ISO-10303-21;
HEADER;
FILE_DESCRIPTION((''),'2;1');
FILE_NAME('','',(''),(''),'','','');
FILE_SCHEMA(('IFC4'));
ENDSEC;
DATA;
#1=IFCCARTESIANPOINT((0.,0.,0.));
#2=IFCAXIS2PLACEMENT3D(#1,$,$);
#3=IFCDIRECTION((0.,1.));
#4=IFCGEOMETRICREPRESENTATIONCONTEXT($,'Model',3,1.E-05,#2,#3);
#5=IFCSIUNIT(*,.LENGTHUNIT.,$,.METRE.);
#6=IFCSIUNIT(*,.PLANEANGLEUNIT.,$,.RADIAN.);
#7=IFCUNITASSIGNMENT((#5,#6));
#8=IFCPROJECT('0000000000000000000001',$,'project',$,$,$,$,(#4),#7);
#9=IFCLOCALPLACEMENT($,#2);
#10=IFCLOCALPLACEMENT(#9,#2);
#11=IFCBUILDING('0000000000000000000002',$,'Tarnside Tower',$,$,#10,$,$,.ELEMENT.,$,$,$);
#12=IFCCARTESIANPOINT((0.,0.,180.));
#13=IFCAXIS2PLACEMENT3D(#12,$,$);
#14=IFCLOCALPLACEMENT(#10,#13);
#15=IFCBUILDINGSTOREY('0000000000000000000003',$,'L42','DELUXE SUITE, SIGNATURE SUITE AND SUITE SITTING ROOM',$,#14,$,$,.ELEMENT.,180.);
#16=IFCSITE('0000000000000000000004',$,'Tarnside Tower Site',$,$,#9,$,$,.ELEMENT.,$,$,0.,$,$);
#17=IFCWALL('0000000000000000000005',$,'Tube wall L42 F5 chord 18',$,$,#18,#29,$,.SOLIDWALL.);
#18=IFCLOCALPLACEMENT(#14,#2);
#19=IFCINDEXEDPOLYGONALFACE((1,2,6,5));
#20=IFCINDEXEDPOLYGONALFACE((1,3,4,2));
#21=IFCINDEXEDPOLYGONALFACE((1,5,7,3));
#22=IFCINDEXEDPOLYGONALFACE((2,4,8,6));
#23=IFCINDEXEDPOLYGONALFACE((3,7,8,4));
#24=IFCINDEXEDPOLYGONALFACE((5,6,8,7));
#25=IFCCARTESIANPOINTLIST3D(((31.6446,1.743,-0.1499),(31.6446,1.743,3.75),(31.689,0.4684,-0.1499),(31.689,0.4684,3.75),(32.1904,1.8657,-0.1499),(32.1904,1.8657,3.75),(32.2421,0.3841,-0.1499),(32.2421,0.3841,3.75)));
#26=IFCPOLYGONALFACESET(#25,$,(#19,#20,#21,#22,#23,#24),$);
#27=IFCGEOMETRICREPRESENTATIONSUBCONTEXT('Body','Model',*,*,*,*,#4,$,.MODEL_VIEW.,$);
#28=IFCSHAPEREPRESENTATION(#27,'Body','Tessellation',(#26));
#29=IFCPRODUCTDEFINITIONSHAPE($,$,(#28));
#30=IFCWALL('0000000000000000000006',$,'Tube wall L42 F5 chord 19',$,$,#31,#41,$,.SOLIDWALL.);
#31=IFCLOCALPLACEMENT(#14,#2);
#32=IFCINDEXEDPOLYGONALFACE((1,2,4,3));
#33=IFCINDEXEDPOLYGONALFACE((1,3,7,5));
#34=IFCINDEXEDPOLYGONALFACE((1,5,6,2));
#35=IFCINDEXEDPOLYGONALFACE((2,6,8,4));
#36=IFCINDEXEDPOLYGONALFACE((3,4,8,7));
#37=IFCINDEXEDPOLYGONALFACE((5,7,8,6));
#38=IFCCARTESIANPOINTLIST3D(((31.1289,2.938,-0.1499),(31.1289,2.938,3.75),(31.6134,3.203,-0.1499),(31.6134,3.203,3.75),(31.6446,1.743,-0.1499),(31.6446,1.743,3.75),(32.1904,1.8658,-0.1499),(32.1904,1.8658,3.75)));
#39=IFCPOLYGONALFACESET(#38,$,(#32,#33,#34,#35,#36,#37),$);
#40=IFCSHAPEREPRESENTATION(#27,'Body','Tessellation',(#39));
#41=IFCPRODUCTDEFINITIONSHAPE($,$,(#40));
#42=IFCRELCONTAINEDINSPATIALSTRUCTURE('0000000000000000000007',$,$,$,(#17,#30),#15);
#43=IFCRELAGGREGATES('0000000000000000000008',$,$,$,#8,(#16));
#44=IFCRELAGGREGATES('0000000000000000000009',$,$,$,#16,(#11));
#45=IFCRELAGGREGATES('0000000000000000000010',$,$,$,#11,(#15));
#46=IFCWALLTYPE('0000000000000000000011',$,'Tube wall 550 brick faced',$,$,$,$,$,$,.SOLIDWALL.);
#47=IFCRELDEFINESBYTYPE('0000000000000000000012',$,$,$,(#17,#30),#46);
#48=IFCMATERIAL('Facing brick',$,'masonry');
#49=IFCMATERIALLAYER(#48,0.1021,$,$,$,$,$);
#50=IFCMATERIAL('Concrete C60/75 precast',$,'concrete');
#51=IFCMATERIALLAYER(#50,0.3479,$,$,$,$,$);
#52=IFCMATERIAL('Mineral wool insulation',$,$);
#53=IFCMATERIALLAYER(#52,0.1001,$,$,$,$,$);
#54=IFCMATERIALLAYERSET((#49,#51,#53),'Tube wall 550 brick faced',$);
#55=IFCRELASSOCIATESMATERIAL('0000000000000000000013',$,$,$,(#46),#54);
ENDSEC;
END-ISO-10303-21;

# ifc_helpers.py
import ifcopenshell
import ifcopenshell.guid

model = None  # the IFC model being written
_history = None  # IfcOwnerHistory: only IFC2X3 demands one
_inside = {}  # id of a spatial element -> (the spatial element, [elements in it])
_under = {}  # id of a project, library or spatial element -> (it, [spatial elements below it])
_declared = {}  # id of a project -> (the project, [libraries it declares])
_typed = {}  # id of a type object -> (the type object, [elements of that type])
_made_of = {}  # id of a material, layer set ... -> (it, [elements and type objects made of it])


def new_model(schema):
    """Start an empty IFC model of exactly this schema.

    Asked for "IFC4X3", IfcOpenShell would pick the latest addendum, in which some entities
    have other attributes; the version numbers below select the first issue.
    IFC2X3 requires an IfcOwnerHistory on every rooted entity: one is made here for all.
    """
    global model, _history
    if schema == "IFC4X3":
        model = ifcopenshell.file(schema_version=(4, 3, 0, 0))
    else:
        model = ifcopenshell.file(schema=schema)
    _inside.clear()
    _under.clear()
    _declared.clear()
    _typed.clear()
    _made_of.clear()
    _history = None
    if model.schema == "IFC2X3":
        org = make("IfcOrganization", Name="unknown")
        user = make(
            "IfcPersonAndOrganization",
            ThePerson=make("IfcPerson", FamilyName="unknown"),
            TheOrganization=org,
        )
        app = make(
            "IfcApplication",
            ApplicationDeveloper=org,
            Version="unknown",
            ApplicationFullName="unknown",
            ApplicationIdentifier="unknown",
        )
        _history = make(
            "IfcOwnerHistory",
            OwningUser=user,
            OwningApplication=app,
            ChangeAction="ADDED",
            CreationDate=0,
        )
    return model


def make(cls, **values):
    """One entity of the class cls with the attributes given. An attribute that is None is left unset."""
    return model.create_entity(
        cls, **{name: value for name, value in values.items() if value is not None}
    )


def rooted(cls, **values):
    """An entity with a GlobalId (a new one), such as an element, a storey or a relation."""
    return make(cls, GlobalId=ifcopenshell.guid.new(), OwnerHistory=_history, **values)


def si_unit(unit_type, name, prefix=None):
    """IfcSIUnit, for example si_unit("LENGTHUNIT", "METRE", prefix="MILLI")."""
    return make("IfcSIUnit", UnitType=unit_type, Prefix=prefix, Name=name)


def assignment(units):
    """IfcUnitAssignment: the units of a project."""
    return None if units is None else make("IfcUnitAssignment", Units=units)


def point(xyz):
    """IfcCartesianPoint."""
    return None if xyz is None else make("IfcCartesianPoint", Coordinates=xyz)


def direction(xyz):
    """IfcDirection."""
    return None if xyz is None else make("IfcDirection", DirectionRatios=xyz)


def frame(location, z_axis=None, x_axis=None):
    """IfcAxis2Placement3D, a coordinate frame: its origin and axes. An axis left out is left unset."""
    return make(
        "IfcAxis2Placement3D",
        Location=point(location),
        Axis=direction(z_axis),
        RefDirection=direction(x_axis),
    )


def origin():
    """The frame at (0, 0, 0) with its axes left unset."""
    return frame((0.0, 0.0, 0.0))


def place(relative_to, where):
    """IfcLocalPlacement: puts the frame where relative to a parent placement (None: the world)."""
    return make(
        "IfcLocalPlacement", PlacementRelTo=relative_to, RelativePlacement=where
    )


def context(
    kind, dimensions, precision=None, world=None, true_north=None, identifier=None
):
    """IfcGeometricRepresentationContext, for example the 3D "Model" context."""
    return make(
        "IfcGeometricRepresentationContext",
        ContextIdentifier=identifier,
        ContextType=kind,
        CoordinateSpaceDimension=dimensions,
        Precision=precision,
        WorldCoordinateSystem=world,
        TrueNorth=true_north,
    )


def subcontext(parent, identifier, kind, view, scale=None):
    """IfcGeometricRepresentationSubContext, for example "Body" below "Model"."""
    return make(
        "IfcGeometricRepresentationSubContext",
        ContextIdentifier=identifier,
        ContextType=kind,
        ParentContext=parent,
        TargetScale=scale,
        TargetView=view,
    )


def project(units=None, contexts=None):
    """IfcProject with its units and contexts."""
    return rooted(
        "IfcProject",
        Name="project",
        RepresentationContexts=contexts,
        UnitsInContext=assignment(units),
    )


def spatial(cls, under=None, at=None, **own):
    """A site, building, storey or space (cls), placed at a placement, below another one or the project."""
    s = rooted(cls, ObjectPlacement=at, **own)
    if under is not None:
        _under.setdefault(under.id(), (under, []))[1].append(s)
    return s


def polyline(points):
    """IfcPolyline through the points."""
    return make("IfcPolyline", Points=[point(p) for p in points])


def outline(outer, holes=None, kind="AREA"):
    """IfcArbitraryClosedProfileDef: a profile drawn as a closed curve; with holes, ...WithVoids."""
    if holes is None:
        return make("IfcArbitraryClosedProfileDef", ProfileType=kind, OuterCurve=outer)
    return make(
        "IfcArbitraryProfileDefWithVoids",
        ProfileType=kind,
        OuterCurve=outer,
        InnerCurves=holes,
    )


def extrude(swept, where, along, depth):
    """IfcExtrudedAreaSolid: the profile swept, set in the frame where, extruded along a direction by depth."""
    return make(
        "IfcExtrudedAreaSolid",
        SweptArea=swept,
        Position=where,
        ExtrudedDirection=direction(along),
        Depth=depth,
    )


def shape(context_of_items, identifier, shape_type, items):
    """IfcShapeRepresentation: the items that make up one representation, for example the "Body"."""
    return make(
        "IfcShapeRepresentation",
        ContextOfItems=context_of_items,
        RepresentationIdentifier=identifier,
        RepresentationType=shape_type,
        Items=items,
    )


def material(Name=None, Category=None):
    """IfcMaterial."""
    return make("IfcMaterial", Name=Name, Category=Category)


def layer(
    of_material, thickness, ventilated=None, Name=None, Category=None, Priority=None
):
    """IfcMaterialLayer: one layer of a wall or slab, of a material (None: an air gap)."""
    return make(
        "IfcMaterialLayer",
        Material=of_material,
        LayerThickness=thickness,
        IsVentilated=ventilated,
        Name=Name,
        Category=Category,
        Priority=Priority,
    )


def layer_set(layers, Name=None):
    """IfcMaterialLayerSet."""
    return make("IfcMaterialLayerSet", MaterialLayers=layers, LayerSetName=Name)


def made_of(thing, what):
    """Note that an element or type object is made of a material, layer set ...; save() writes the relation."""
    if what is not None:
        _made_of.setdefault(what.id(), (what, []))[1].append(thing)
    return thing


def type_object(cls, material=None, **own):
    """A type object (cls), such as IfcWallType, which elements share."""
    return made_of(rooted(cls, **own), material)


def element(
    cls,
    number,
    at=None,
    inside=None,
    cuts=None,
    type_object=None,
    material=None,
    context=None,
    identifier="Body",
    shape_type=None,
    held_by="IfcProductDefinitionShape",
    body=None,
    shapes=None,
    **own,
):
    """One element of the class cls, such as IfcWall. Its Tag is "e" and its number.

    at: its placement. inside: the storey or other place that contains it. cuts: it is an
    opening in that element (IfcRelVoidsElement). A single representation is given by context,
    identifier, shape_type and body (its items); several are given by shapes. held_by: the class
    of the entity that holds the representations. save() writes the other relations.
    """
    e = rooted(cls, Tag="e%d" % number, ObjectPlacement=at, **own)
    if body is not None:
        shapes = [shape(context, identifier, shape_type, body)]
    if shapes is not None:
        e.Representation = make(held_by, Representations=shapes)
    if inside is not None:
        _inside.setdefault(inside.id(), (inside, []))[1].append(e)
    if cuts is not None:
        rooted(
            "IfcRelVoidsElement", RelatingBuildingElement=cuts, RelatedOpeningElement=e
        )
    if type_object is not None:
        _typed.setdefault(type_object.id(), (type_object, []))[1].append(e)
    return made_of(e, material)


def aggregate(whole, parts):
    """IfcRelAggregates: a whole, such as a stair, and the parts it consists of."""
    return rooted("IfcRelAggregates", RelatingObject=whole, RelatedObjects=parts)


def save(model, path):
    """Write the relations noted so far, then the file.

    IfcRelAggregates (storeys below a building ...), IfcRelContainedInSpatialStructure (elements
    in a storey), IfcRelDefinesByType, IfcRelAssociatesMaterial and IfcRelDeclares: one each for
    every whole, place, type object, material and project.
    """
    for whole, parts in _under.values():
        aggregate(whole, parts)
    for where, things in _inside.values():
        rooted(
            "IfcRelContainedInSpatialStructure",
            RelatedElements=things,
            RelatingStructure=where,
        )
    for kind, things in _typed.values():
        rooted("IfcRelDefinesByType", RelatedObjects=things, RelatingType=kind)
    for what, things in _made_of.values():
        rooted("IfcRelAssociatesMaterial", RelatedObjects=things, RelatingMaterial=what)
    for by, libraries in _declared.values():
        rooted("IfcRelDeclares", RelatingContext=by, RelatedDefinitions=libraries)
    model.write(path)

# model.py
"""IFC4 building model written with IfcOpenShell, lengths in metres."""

from ifc_helpers import new_model, si_unit, direction, frame, origin, place, context, subcontext, project, spatial, polyline, outline, extrude, material, layer, layer_set, type_object, element, save


model = new_model("IFC4")

# Units and contexts
model_context = context("Model", 3, precision=1e-05, world=origin(), true_north=direction((0.0, 1.0)))
body_context = subcontext(model_context, "Body", "Model", "MODEL_VIEW")
ifc_project = project(units=[si_unit("LENGTHUNIT", "METRE"), si_unit("PLANEANGLEUNIT", "RADIAN")], contexts=[model_context])

# Site, building, storey
site_placement = place(None, origin())
site = spatial("IfcSite", under=ifc_project, at=site_placement, Name="Tarnside Tower Site", CompositionType="ELEMENT", RefElevation=0.0)
building_placement = place(site_placement, origin())
building = spatial("IfcBuilding", under=site, at=building_placement, Name="Tarnside Tower", CompositionType="ELEMENT")
storey_placement = place(building_placement, frame((0.0, 0.0, 180.0)))
storey = spatial("IfcBuildingStorey", under=building, at=storey_placement, Name="L42", Description="DELUXE SUITE, SIGNATURE SUITE AND SUITE SITTING ROOM", CompositionType="ELEMENT", Elevation=180.0)

# Walls
ifc_material_1 = material(Name="Facing brick", Category="masonry")
ifc_layer_1 = layer(ifc_material_1, 0.1021)
ifc_material_2 = material(Name="Concrete C60/75 precast", Category="concrete")
ifc_layer_2 = layer(ifc_material_2, 0.3479)
ifc_material_3 = material(Name="Mineral wool insulation")
ifc_layer_3 = layer(ifc_material_3, 0.1001)
ifc_layer_set_1 = layer_set([ifc_layer_1, ifc_layer_2, ifc_layer_3], Name="Tube wall 550 brick faced")
wall_type_1 = type_object("IfcWallType", Name="Tube wall 550 brick faced", PredefinedType="SOLIDWALL", material=ifc_layer_set_1)
wall_1_placement = place(storey_placement, frame((31.9656, 0.4263, -0.1499), z_axis=(0.0, 0.0, 1.0), x_axis=(-0.034877, 0.999392, 0.0)))
element("IfcWall", 1, at=wall_1_placement, inside=storey, type_object=wall_type_1, Name="Tube wall L42 F5 chord 18", PredefinedType="SOLIDWALL", context=body_context, shape_type="SweptSolid", body=[
    extrude(outline(polyline([(-0.0518, -0.2749), (1.4307, -0.2749), (1.3271, 0.2749), (0.0518, 0.2749), (-0.0518, -0.2749)])), origin(), (0.0, 0.0, 1.0), 3.8999),
])
wall_2_placement = place(storey_placement, frame((31.9175, 1.8044, -0.1499), z_axis=(0.0, 0.0, 1.0), x_axis=(-0.396226, 0.918153, 0.0)))
element("IfcWall", 2, at=wall_2_placement, inside=storey, type_object=wall_type_1, Name="Tube wall L42 F5 chord 19", PredefinedType="SOLIDWALL", context=body_context, shape_type="SweptSolid", body=[
    extrude(outline(polyline([(-0.0518, -0.2749), (1.4045, -0.2749), (1.3533, 0.2749), (0.0518, 0.2749), (-0.0518, -0.2749)])), origin(), (0.0, 0.0, 1.0), 3.8999),
])

save(model, "model.ifc")
